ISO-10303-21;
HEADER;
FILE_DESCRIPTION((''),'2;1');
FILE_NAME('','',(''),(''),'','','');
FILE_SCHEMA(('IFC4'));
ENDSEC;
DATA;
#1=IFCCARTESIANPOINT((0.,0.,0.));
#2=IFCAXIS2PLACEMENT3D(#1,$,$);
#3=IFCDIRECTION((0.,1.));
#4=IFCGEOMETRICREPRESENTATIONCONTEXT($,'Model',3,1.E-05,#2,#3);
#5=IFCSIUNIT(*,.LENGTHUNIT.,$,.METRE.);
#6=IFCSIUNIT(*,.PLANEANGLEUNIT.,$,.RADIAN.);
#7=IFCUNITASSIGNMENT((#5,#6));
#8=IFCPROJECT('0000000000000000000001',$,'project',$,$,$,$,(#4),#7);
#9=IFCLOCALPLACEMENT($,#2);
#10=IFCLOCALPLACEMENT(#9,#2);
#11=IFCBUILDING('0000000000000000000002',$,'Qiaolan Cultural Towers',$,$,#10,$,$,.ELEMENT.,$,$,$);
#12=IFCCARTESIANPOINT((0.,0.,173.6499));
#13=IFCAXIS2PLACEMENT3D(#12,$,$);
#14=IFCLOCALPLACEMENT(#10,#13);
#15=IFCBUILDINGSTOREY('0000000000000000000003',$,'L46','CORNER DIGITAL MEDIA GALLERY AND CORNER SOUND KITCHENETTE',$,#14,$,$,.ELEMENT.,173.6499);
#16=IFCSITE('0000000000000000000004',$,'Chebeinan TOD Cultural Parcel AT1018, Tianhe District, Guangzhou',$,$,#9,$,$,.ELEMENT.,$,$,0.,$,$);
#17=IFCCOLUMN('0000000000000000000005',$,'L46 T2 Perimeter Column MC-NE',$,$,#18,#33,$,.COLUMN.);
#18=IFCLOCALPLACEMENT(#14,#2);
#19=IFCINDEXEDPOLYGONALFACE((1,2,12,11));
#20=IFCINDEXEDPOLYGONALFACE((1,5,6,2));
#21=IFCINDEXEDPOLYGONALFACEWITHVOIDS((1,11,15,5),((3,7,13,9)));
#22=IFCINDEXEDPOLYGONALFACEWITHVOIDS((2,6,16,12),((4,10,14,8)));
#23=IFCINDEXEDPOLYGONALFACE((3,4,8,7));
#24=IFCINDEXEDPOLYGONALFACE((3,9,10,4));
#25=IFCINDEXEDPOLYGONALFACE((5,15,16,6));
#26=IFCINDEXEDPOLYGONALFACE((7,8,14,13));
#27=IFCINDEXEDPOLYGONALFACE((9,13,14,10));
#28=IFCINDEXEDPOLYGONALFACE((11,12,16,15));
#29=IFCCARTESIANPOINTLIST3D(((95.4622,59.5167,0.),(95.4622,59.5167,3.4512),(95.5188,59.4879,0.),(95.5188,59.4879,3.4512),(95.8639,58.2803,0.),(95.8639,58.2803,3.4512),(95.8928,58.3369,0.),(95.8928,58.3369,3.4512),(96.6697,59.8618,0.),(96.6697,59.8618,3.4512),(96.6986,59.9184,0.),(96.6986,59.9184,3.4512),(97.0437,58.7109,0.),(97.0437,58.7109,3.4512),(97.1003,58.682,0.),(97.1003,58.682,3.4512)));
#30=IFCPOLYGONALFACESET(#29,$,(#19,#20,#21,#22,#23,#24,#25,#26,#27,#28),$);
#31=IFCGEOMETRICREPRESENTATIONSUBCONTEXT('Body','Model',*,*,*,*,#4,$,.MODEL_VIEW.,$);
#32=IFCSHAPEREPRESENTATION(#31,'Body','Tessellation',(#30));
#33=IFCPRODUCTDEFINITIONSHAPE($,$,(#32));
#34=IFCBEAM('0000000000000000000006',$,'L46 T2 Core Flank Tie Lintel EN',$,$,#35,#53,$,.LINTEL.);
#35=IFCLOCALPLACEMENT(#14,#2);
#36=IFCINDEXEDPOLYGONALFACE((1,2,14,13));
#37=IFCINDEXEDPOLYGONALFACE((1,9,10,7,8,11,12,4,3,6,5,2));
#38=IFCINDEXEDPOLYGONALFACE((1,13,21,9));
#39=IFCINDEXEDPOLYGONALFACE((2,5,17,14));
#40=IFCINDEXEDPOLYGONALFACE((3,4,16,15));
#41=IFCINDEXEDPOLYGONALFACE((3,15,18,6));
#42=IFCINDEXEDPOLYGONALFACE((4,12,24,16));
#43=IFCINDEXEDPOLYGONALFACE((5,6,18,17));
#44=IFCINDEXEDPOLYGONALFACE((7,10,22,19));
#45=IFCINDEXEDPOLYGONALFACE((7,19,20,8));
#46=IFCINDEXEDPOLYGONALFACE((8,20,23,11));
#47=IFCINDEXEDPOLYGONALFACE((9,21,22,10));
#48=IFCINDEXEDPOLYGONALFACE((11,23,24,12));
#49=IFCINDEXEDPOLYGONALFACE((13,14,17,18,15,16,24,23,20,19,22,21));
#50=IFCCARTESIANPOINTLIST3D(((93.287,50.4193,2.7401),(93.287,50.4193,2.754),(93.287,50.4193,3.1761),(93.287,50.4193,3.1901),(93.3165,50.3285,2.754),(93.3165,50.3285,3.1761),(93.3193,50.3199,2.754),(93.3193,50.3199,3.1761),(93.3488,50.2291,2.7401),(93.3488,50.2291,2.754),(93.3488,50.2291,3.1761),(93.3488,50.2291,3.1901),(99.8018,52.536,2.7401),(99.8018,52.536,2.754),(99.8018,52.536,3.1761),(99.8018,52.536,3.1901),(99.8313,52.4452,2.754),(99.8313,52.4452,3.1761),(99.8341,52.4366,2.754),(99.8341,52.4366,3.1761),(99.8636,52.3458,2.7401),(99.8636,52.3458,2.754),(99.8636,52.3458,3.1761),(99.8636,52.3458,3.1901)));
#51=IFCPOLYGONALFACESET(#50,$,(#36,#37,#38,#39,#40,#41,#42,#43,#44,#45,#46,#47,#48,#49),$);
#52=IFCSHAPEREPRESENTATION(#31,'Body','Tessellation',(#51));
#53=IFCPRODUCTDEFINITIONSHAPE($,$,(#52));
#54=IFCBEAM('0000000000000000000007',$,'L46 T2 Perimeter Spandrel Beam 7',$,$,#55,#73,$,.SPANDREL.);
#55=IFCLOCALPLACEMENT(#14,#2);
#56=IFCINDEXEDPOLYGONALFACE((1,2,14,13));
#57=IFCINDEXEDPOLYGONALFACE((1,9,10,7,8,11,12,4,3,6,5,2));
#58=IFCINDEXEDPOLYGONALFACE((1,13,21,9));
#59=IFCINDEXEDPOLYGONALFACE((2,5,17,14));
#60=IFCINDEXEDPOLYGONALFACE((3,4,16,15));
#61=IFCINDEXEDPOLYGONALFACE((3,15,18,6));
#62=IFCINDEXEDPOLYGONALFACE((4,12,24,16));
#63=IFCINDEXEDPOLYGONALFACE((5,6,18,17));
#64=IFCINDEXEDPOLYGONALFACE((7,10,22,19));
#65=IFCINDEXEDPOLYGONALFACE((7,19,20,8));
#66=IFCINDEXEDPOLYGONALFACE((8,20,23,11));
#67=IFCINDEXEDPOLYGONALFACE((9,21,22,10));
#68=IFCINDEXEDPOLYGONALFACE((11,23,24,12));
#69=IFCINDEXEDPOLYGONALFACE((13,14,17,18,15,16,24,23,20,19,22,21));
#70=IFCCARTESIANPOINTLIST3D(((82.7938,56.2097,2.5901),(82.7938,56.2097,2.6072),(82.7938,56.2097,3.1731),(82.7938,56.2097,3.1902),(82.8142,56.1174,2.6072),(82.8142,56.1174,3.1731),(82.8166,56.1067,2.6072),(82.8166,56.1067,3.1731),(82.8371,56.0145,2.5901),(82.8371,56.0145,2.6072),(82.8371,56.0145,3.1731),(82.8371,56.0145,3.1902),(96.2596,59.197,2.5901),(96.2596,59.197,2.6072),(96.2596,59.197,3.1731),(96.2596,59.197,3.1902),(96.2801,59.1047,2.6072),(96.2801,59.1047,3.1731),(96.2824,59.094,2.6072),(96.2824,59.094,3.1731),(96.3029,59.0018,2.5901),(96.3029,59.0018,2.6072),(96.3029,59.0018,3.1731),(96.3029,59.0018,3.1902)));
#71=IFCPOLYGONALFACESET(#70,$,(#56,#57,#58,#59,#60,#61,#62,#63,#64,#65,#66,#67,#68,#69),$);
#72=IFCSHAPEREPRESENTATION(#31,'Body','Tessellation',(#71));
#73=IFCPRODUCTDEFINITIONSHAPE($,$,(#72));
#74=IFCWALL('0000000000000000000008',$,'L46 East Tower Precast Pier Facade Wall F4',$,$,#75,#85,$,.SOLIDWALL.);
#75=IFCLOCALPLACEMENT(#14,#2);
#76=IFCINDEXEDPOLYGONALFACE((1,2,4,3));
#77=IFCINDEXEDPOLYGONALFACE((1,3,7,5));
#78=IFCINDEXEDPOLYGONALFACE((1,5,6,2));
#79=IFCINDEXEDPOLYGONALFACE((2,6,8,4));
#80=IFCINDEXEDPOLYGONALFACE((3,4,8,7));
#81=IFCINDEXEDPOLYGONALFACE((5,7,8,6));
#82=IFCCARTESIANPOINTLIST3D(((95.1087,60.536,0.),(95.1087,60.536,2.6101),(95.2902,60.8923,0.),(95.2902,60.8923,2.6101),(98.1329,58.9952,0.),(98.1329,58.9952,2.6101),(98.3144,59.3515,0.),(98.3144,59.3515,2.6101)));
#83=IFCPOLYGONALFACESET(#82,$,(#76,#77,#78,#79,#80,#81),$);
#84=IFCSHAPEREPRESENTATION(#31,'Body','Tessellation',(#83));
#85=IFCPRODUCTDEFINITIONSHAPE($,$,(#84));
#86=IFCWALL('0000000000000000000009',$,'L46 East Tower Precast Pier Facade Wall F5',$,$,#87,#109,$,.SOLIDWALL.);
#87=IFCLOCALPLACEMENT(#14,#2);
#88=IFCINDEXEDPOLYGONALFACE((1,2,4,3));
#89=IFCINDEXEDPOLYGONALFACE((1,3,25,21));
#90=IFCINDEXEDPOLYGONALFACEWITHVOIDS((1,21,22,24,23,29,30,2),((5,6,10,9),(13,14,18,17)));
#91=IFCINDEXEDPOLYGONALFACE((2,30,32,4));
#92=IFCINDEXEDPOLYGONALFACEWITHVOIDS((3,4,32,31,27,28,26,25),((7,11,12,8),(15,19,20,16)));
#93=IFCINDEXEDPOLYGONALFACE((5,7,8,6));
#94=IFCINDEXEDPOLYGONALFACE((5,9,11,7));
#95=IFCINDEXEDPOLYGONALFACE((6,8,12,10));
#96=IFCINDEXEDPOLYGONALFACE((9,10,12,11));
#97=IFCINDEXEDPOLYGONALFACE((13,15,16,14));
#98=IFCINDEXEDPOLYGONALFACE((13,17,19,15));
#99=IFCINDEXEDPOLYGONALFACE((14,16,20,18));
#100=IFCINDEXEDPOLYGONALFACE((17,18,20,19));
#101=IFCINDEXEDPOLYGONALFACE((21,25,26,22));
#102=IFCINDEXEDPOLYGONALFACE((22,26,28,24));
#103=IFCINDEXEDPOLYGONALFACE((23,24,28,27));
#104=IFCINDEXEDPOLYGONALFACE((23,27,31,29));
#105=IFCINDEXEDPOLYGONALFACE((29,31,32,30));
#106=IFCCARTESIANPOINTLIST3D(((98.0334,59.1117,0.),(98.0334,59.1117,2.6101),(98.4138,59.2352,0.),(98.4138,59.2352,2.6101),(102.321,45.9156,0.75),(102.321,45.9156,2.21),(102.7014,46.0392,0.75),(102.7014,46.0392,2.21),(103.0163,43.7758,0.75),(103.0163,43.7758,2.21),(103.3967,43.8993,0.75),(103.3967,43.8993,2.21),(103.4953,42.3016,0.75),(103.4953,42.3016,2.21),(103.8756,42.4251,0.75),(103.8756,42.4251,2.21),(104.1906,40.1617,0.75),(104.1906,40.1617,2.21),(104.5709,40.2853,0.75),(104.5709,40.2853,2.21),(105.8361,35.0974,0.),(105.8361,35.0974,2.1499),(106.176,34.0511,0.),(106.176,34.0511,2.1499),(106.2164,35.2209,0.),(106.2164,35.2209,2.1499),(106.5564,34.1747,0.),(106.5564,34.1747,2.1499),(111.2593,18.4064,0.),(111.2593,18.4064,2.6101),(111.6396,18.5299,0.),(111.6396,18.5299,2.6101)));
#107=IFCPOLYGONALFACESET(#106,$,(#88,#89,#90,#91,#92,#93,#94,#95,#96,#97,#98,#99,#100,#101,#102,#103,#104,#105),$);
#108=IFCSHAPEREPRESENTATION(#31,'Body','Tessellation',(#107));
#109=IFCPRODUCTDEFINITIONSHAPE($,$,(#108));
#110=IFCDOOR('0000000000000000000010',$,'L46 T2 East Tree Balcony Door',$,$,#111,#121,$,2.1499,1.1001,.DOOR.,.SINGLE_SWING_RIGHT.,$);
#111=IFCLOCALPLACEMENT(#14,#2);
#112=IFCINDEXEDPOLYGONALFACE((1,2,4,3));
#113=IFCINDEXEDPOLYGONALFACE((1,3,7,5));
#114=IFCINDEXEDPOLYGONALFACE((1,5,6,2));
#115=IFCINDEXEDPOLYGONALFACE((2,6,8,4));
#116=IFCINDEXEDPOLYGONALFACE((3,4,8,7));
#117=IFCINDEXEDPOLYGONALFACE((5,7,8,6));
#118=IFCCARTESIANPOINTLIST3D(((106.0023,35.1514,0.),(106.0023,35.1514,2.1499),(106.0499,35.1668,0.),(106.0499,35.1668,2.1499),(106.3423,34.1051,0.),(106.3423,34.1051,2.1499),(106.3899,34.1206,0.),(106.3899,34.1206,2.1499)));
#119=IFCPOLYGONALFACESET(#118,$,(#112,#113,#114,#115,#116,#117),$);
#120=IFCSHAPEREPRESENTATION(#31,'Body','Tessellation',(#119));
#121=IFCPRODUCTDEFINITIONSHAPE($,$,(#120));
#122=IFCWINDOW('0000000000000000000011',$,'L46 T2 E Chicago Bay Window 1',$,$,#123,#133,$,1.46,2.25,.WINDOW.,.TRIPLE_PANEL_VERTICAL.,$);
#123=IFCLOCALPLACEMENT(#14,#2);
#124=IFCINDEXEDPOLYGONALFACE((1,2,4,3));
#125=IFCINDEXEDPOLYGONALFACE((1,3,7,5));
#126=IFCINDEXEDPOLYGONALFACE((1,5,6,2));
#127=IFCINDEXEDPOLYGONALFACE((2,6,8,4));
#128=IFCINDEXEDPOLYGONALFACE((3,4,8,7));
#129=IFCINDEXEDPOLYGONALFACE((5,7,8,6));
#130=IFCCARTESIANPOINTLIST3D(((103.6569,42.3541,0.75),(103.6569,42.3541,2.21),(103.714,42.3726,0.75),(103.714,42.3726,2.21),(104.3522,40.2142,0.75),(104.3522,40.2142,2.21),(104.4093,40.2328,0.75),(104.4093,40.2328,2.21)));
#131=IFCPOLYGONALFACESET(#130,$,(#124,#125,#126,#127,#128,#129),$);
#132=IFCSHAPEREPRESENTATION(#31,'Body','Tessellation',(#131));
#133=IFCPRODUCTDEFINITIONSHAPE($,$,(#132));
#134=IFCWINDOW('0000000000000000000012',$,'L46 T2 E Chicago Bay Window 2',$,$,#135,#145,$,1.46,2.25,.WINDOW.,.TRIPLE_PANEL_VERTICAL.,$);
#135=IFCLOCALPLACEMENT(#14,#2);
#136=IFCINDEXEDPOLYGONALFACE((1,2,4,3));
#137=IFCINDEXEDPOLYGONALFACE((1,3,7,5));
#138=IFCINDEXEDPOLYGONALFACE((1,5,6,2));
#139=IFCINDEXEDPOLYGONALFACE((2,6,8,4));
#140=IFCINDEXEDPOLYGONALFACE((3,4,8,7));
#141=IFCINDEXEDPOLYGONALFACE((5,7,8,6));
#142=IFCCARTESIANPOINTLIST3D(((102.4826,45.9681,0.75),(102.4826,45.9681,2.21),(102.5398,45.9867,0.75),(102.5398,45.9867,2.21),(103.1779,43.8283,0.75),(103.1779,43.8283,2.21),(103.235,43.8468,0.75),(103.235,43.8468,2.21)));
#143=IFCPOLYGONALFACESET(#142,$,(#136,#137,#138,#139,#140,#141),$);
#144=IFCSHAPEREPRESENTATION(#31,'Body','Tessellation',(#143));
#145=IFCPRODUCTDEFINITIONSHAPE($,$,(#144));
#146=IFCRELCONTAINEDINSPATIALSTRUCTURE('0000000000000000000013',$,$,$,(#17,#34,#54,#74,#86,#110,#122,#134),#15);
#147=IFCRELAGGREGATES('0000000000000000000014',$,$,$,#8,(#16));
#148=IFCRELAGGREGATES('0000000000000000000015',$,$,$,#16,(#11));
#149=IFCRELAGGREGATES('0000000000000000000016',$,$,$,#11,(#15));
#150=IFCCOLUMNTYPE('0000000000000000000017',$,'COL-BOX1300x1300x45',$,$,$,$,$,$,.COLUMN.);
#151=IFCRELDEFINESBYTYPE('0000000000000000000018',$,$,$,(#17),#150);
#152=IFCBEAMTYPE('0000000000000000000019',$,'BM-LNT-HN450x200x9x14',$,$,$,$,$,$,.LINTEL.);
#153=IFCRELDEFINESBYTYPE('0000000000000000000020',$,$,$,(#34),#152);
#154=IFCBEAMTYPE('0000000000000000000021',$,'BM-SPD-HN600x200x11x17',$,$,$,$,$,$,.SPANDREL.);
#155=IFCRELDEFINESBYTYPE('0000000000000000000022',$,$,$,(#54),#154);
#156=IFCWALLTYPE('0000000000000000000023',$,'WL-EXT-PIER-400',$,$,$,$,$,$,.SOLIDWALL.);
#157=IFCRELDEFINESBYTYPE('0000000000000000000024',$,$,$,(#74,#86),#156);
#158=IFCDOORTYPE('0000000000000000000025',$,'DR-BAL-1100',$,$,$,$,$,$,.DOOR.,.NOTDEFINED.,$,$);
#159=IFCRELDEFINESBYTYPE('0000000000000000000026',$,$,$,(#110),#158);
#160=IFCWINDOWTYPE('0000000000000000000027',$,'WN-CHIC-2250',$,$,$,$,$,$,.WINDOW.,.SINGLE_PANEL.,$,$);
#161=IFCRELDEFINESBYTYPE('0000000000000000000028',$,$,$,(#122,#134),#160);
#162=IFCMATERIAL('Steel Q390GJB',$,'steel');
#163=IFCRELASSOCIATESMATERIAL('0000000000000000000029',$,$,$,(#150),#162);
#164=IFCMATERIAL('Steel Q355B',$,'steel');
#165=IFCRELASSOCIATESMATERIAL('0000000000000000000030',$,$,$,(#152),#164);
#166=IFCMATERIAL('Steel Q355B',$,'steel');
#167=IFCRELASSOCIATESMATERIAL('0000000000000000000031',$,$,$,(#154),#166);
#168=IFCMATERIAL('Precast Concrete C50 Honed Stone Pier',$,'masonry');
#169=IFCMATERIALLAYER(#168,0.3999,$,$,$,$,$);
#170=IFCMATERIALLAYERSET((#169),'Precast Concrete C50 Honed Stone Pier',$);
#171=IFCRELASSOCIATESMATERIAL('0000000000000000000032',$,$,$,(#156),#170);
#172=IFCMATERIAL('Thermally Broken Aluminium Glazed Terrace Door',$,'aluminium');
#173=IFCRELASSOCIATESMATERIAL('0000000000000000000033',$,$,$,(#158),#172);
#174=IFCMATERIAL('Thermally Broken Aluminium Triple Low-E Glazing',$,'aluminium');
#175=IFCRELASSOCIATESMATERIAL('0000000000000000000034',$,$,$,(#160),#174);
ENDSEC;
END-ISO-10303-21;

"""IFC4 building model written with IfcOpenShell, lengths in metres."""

from ifc_helpers import new_model, si_unit, direction, frame, frame_2d, origin, origin_2d, place, context, subcontext, project, spatial, rectangle, hollow_rectangle, i_section, extrude, material, layer, layer_set, material_profile, profile_set, type_object, element, fill, save


model = new_model("IFC4")

# Units and contexts
model_context = context("Model", 3, precision=1e-05, world=origin(), true_north=direction((0.0, 1.0)))
body_context = subcontext(model_context, "Body", "Model", "MODEL_VIEW")
ifc_project = project(units=[si_unit("LENGTHUNIT", "METRE"), si_unit("PLANEANGLEUNIT", "RADIAN")], contexts=[model_context])

# Site, building, storey
site_placement = place(None, origin())
site = spatial("IfcSite", under=ifc_project, at=site_placement, Name="Chebeinan TOD Cultural Parcel AT1018, Tianhe District, Guangzhou", CompositionType="ELEMENT", RefElevation=0.0)
building_placement = place(site_placement, origin())
building = spatial("IfcBuilding", under=site, at=building_placement, Name="Qiaolan Cultural Towers", CompositionType="ELEMENT")
storey_placement = place(building_placement, frame((0.0, 0.0, 173.6499)))
storey = spatial("IfcBuildingStorey", under=building, at=storey_placement, Name="L46", Description="CORNER DIGITAL MEDIA GALLERY AND CORNER SOUND KITCHENETTE", CompositionType="ELEMENT", Elevation=173.6499)

# Column
ifc_material_1 = material(Name="Steel Q390GJB", Category="steel")
ifc_material_profile_1 = material_profile(ifc_material_1, hollow_rectangle(XDim=1.3, YDim=1.3, WallThickness=0.0449, at=origin_2d()), Name="BOX1300x1300x45")
ifc_profile_set_1 = profile_set([ifc_material_profile_1], Name="Steel Q390GJB")
column_type = type_object("IfcColumnType", Name="COL-BOX1300x1300x45", PredefinedType="COLUMN", material=ifc_profile_set_1)
column_placement = place(storey_placement, frame((96.2812, 59.0994, 0.0), z_axis=(0.0, 0.0, 1.0), x_axis=(0.951057, 0.309017, 0.0)))
element("IfcColumn", 1, at=column_placement, inside=storey, type_object=column_type, Name="L46 T2 Perimeter Column MC-NE", PredefinedType="COLUMN", context=body_context, shape_type="SweptSolid", body=[
    extrude(hollow_rectangle(XDim=1.3, YDim=1.3, WallThickness=0.0449, at=origin_2d()), origin(), (0.0, 0.0, 1.0), 3.4512),
])

# Beams
ifc_material_2 = material(Name="Steel Q355B", Category="steel")
ifc_material_profile_2 = material_profile(ifc_material_2, i_section(OverallWidth=0.2, OverallDepth=0.45, WebThickness=0.009, FlangeThickness=0.0139, at=origin_2d()), Name="HN450x200x9x14")
ifc_profile_set_2 = profile_set([ifc_material_profile_2], Name="Steel Q355B")
beam_type_1 = type_object("IfcBeamType", Name="BM-LNT-HN450x200x9x14", PredefinedType="LINTEL", material=ifc_profile_set_2)
beam_1_placement = place(storey_placement, frame((93.3179, 50.3242, 2.9651), z_axis=(0.951062, 0.309001, 0.0), x_axis=(-0.309001, 0.951062, 0.0)))
element("IfcBeam", 2, at=beam_1_placement, inside=storey, type_object=beam_type_1, Name="L46 T2 Core Flank Tie Lintel EN", PredefinedType="LINTEL", context=body_context, shape_type="SweptSolid", body=[
    extrude(i_section(OverallWidth=0.2, OverallDepth=0.45, WebThickness=0.009, FlangeThickness=0.0139, at=origin_2d()), origin(), (0.0, 0.0, 1.0), 6.8501),
])
ifc_material_3 = material(Name="Steel Q355B", Category="steel")
ifc_material_profile_3 = material_profile(ifc_material_3, i_section(OverallWidth=0.2, OverallDepth=0.6001, WebThickness=0.011, FlangeThickness=0.0171, at=origin_2d()), Name="HN600x200x11x17")
ifc_profile_set_3 = profile_set([ifc_material_profile_3], Name="Steel Q355B")
beam_type_2 = type_object("IfcBeamType", Name="BM-SPD-HN600x200x11x17", PredefinedType="SPANDREL", material=ifc_profile_set_3)
beam_2_placement = place(storey_placement, frame((96.2812, 59.0994, 2.8901), z_axis=(-0.976265, -0.216578, 0.0), x_axis=(0.216578, -0.976265, 0.0)))
element("IfcBeam", 3, at=beam_2_placement, inside=storey, type_object=beam_type_2, Name="L46 T2 Perimeter Spandrel Beam 7", PredefinedType="SPANDREL", context=body_context, shape_type="SweptSolid", body=[
    extrude(i_section(OverallWidth=0.2, OverallDepth=0.6001, WebThickness=0.011, FlangeThickness=0.0171, at=origin_2d()), origin(), (0.0, 0.0, 1.0), 13.7932),
])

# Wall
ifc_material_4 = material(Name="Precast Concrete C50 Honed Stone Pier", Category="masonry")
ifc_layer_1 = layer(ifc_material_4, 0.3999)
ifc_layer_set_1 = layer_set([ifc_layer_1], Name="Precast Concrete C50 Honed Stone Pier")
wall_type_1 = type_object("IfcWallType", Name="WL-EXT-PIER-400", PredefinedType="SOLIDWALL", material=ifc_layer_set_1)
wall_1_placement = place(storey_placement, frame((95.1995, 60.7141, 0.0), z_axis=(0.0, 0.0, 1.0), x_axis=(0.891021, -0.453962, 0.0)))
element("IfcWall", 4, at=wall_1_placement, inside=storey, type_object=wall_type_1, Name="L46 East Tower Precast Pier Facade Wall F4", PredefinedType="SOLIDWALL", context=body_context, shape_type="SweptSolid", body=[
    extrude(rectangle(XDim=3.394, YDim=0.3999, at=frame_2d((1.697, 0.0))), origin(), (0.0, 0.0, 1.0), 2.6101),
])

# Wall, openings, door, windows
wall_2_placement = place(storey_placement, frame((98.2236, 59.1733, 0.0), z_axis=(0.0, 0.0, 1.0), x_axis=(0.309014, -0.951057, 0.0)))
wall_2 = element("IfcWall", 5, at=wall_2_placement, inside=storey, type_object=wall_type_1, Name="L46 East Tower Precast Pier Facade Wall F5", PredefinedType="SOLIDWALL", context=body_context, shape_type="SweptSolid", body=[
    extrude(rectangle(XDim=42.8, YDim=0.3999, at=frame_2d((21.3999, 0.0))), origin(), (0.0, 0.0, 1.0), 2.6101),
])
opening_1_placement = place(wall_2_placement, frame((17.675, 0.0, 0.75)))
opening_1 = element("IfcOpeningElement", 6, at=opening_1_placement, cuts=wall_2, PredefinedType="OPENING", context=body_context, shape_type="SweptSolid", body=[
    extrude(rectangle(XDim=2.25, YDim=1.46, at=frame_2d((1.125, 0.73))), frame((0.0, 0.21, 0.0), z_axis=(0.0, -1.0, 0.0), x_axis=(1.0, 0.0, 0.0)), (0.0, 0.0, 1.0), 0.4199),
])
opening_2_placement = place(wall_2_placement, frame((13.875, 0.0, 0.75)))
opening_2 = element("IfcOpeningElement", 7, at=opening_2_placement, cuts=wall_2, PredefinedType="OPENING", context=body_context, shape_type="SweptSolid", body=[
    extrude(rectangle(XDim=2.25, YDim=1.46, at=frame_2d((1.125, 0.73))), frame((0.0, 0.21, 0.0), z_axis=(0.0, -1.0, 0.0), x_axis=(1.0, 0.0, 0.0)), (0.0, 0.0, 1.0), 0.4199),
])
opening_3_placement = place(wall_2_placement, frame((25.25, 0.0, 0.0)))
opening_3 = element("IfcOpeningElement", 8, at=opening_3_placement, cuts=wall_2, PredefinedType="OPENING", context=body_context, shape_type="SweptSolid", body=[
    extrude(rectangle(XDim=1.1001, YDim=2.1499, at=frame_2d((0.55, 1.075))), frame((0.0, 0.21, 0.0), z_axis=(0.0, -1.0, 0.0), x_axis=(1.0, 0.0, 0.0)), (0.0, 0.0, 1.0), 0.4199),
])
ifc_material_5 = material(Name="Thermally Broken Aluminium Glazed Terrace Door", Category="aluminium")
door_type_1 = type_object("IfcDoorType", Name="DR-BAL-1100", OperationType="NOTDEFINED", PredefinedType="DOOR", material=ifc_material_5)
door_1_placement = place(opening_3_placement, origin())
door_1 = element("IfcDoor", 9, at=door_1_placement, inside=storey, type_object=door_type_1, Name="L46 T2 East Tree Balcony Door", OperationType="SINGLE_SWING_RIGHT", OverallHeight=2.1499, OverallWidth=1.1001, PredefinedType="DOOR", context=body_context, shape_type="SweptSolid", body=[
    extrude(rectangle(XDim=1.1001, YDim=2.1499, at=frame_2d((0.55, 1.075))), frame((0.0, 0.0249, 0.0), z_axis=(0.0, -1.0, 0.0), x_axis=(1.0, 0.0, 0.0)), (0.0, 0.0, 1.0), 0.05),
])
fill(opening_3, door_1)
ifc_material_6 = material(Name="Thermally Broken Aluminium Triple Low-E Glazing", Category="aluminium")
window_type = type_object("IfcWindowType", Name="WN-CHIC-2250", PartitioningType="SINGLE_PANEL", PredefinedType="WINDOW", material=ifc_material_6)
window_1_placement = place(opening_1_placement, origin())
window_1 = element("IfcWindow", 10, at=window_1_placement, inside=storey, type_object=window_type, Name="L46 T2 E Chicago Bay Window 1", OverallHeight=1.46, OverallWidth=2.25, PartitioningType="TRIPLE_PANEL_VERTICAL", PredefinedType="WINDOW", context=body_context, shape_type="SweptSolid", body=[
    extrude(rectangle(XDim=2.25, YDim=1.46, at=frame_2d((1.125, 0.73))), frame((0.0, 0.03, 0.0), z_axis=(0.0, -1.0, 0.0), x_axis=(1.0, 0.0, 0.0)), (0.0, 0.0, 1.0), 0.0601),
])
fill(opening_1, window_1)
window_2_placement = place(opening_2_placement, origin())
window_2 = element("IfcWindow", 11, at=window_2_placement, inside=storey, type_object=window_type, Name="L46 T2 E Chicago Bay Window 2", OverallHeight=1.46, OverallWidth=2.25, PartitioningType="TRIPLE_PANEL_VERTICAL", PredefinedType="WINDOW", context=body_context, shape_type="SweptSolid", body=[
    extrude(rectangle(XDim=2.25, YDim=1.46, at=frame_2d((1.125, 0.73))), frame((0.0, 0.03, 0.0), z_axis=(0.0, -1.0, 0.0), x_axis=(1.0, 0.0, 0.0)), (0.0, 0.0, 1.0), 0.0601),
])
fill(opening_2, window_2)

save(model, "model.ifc")
